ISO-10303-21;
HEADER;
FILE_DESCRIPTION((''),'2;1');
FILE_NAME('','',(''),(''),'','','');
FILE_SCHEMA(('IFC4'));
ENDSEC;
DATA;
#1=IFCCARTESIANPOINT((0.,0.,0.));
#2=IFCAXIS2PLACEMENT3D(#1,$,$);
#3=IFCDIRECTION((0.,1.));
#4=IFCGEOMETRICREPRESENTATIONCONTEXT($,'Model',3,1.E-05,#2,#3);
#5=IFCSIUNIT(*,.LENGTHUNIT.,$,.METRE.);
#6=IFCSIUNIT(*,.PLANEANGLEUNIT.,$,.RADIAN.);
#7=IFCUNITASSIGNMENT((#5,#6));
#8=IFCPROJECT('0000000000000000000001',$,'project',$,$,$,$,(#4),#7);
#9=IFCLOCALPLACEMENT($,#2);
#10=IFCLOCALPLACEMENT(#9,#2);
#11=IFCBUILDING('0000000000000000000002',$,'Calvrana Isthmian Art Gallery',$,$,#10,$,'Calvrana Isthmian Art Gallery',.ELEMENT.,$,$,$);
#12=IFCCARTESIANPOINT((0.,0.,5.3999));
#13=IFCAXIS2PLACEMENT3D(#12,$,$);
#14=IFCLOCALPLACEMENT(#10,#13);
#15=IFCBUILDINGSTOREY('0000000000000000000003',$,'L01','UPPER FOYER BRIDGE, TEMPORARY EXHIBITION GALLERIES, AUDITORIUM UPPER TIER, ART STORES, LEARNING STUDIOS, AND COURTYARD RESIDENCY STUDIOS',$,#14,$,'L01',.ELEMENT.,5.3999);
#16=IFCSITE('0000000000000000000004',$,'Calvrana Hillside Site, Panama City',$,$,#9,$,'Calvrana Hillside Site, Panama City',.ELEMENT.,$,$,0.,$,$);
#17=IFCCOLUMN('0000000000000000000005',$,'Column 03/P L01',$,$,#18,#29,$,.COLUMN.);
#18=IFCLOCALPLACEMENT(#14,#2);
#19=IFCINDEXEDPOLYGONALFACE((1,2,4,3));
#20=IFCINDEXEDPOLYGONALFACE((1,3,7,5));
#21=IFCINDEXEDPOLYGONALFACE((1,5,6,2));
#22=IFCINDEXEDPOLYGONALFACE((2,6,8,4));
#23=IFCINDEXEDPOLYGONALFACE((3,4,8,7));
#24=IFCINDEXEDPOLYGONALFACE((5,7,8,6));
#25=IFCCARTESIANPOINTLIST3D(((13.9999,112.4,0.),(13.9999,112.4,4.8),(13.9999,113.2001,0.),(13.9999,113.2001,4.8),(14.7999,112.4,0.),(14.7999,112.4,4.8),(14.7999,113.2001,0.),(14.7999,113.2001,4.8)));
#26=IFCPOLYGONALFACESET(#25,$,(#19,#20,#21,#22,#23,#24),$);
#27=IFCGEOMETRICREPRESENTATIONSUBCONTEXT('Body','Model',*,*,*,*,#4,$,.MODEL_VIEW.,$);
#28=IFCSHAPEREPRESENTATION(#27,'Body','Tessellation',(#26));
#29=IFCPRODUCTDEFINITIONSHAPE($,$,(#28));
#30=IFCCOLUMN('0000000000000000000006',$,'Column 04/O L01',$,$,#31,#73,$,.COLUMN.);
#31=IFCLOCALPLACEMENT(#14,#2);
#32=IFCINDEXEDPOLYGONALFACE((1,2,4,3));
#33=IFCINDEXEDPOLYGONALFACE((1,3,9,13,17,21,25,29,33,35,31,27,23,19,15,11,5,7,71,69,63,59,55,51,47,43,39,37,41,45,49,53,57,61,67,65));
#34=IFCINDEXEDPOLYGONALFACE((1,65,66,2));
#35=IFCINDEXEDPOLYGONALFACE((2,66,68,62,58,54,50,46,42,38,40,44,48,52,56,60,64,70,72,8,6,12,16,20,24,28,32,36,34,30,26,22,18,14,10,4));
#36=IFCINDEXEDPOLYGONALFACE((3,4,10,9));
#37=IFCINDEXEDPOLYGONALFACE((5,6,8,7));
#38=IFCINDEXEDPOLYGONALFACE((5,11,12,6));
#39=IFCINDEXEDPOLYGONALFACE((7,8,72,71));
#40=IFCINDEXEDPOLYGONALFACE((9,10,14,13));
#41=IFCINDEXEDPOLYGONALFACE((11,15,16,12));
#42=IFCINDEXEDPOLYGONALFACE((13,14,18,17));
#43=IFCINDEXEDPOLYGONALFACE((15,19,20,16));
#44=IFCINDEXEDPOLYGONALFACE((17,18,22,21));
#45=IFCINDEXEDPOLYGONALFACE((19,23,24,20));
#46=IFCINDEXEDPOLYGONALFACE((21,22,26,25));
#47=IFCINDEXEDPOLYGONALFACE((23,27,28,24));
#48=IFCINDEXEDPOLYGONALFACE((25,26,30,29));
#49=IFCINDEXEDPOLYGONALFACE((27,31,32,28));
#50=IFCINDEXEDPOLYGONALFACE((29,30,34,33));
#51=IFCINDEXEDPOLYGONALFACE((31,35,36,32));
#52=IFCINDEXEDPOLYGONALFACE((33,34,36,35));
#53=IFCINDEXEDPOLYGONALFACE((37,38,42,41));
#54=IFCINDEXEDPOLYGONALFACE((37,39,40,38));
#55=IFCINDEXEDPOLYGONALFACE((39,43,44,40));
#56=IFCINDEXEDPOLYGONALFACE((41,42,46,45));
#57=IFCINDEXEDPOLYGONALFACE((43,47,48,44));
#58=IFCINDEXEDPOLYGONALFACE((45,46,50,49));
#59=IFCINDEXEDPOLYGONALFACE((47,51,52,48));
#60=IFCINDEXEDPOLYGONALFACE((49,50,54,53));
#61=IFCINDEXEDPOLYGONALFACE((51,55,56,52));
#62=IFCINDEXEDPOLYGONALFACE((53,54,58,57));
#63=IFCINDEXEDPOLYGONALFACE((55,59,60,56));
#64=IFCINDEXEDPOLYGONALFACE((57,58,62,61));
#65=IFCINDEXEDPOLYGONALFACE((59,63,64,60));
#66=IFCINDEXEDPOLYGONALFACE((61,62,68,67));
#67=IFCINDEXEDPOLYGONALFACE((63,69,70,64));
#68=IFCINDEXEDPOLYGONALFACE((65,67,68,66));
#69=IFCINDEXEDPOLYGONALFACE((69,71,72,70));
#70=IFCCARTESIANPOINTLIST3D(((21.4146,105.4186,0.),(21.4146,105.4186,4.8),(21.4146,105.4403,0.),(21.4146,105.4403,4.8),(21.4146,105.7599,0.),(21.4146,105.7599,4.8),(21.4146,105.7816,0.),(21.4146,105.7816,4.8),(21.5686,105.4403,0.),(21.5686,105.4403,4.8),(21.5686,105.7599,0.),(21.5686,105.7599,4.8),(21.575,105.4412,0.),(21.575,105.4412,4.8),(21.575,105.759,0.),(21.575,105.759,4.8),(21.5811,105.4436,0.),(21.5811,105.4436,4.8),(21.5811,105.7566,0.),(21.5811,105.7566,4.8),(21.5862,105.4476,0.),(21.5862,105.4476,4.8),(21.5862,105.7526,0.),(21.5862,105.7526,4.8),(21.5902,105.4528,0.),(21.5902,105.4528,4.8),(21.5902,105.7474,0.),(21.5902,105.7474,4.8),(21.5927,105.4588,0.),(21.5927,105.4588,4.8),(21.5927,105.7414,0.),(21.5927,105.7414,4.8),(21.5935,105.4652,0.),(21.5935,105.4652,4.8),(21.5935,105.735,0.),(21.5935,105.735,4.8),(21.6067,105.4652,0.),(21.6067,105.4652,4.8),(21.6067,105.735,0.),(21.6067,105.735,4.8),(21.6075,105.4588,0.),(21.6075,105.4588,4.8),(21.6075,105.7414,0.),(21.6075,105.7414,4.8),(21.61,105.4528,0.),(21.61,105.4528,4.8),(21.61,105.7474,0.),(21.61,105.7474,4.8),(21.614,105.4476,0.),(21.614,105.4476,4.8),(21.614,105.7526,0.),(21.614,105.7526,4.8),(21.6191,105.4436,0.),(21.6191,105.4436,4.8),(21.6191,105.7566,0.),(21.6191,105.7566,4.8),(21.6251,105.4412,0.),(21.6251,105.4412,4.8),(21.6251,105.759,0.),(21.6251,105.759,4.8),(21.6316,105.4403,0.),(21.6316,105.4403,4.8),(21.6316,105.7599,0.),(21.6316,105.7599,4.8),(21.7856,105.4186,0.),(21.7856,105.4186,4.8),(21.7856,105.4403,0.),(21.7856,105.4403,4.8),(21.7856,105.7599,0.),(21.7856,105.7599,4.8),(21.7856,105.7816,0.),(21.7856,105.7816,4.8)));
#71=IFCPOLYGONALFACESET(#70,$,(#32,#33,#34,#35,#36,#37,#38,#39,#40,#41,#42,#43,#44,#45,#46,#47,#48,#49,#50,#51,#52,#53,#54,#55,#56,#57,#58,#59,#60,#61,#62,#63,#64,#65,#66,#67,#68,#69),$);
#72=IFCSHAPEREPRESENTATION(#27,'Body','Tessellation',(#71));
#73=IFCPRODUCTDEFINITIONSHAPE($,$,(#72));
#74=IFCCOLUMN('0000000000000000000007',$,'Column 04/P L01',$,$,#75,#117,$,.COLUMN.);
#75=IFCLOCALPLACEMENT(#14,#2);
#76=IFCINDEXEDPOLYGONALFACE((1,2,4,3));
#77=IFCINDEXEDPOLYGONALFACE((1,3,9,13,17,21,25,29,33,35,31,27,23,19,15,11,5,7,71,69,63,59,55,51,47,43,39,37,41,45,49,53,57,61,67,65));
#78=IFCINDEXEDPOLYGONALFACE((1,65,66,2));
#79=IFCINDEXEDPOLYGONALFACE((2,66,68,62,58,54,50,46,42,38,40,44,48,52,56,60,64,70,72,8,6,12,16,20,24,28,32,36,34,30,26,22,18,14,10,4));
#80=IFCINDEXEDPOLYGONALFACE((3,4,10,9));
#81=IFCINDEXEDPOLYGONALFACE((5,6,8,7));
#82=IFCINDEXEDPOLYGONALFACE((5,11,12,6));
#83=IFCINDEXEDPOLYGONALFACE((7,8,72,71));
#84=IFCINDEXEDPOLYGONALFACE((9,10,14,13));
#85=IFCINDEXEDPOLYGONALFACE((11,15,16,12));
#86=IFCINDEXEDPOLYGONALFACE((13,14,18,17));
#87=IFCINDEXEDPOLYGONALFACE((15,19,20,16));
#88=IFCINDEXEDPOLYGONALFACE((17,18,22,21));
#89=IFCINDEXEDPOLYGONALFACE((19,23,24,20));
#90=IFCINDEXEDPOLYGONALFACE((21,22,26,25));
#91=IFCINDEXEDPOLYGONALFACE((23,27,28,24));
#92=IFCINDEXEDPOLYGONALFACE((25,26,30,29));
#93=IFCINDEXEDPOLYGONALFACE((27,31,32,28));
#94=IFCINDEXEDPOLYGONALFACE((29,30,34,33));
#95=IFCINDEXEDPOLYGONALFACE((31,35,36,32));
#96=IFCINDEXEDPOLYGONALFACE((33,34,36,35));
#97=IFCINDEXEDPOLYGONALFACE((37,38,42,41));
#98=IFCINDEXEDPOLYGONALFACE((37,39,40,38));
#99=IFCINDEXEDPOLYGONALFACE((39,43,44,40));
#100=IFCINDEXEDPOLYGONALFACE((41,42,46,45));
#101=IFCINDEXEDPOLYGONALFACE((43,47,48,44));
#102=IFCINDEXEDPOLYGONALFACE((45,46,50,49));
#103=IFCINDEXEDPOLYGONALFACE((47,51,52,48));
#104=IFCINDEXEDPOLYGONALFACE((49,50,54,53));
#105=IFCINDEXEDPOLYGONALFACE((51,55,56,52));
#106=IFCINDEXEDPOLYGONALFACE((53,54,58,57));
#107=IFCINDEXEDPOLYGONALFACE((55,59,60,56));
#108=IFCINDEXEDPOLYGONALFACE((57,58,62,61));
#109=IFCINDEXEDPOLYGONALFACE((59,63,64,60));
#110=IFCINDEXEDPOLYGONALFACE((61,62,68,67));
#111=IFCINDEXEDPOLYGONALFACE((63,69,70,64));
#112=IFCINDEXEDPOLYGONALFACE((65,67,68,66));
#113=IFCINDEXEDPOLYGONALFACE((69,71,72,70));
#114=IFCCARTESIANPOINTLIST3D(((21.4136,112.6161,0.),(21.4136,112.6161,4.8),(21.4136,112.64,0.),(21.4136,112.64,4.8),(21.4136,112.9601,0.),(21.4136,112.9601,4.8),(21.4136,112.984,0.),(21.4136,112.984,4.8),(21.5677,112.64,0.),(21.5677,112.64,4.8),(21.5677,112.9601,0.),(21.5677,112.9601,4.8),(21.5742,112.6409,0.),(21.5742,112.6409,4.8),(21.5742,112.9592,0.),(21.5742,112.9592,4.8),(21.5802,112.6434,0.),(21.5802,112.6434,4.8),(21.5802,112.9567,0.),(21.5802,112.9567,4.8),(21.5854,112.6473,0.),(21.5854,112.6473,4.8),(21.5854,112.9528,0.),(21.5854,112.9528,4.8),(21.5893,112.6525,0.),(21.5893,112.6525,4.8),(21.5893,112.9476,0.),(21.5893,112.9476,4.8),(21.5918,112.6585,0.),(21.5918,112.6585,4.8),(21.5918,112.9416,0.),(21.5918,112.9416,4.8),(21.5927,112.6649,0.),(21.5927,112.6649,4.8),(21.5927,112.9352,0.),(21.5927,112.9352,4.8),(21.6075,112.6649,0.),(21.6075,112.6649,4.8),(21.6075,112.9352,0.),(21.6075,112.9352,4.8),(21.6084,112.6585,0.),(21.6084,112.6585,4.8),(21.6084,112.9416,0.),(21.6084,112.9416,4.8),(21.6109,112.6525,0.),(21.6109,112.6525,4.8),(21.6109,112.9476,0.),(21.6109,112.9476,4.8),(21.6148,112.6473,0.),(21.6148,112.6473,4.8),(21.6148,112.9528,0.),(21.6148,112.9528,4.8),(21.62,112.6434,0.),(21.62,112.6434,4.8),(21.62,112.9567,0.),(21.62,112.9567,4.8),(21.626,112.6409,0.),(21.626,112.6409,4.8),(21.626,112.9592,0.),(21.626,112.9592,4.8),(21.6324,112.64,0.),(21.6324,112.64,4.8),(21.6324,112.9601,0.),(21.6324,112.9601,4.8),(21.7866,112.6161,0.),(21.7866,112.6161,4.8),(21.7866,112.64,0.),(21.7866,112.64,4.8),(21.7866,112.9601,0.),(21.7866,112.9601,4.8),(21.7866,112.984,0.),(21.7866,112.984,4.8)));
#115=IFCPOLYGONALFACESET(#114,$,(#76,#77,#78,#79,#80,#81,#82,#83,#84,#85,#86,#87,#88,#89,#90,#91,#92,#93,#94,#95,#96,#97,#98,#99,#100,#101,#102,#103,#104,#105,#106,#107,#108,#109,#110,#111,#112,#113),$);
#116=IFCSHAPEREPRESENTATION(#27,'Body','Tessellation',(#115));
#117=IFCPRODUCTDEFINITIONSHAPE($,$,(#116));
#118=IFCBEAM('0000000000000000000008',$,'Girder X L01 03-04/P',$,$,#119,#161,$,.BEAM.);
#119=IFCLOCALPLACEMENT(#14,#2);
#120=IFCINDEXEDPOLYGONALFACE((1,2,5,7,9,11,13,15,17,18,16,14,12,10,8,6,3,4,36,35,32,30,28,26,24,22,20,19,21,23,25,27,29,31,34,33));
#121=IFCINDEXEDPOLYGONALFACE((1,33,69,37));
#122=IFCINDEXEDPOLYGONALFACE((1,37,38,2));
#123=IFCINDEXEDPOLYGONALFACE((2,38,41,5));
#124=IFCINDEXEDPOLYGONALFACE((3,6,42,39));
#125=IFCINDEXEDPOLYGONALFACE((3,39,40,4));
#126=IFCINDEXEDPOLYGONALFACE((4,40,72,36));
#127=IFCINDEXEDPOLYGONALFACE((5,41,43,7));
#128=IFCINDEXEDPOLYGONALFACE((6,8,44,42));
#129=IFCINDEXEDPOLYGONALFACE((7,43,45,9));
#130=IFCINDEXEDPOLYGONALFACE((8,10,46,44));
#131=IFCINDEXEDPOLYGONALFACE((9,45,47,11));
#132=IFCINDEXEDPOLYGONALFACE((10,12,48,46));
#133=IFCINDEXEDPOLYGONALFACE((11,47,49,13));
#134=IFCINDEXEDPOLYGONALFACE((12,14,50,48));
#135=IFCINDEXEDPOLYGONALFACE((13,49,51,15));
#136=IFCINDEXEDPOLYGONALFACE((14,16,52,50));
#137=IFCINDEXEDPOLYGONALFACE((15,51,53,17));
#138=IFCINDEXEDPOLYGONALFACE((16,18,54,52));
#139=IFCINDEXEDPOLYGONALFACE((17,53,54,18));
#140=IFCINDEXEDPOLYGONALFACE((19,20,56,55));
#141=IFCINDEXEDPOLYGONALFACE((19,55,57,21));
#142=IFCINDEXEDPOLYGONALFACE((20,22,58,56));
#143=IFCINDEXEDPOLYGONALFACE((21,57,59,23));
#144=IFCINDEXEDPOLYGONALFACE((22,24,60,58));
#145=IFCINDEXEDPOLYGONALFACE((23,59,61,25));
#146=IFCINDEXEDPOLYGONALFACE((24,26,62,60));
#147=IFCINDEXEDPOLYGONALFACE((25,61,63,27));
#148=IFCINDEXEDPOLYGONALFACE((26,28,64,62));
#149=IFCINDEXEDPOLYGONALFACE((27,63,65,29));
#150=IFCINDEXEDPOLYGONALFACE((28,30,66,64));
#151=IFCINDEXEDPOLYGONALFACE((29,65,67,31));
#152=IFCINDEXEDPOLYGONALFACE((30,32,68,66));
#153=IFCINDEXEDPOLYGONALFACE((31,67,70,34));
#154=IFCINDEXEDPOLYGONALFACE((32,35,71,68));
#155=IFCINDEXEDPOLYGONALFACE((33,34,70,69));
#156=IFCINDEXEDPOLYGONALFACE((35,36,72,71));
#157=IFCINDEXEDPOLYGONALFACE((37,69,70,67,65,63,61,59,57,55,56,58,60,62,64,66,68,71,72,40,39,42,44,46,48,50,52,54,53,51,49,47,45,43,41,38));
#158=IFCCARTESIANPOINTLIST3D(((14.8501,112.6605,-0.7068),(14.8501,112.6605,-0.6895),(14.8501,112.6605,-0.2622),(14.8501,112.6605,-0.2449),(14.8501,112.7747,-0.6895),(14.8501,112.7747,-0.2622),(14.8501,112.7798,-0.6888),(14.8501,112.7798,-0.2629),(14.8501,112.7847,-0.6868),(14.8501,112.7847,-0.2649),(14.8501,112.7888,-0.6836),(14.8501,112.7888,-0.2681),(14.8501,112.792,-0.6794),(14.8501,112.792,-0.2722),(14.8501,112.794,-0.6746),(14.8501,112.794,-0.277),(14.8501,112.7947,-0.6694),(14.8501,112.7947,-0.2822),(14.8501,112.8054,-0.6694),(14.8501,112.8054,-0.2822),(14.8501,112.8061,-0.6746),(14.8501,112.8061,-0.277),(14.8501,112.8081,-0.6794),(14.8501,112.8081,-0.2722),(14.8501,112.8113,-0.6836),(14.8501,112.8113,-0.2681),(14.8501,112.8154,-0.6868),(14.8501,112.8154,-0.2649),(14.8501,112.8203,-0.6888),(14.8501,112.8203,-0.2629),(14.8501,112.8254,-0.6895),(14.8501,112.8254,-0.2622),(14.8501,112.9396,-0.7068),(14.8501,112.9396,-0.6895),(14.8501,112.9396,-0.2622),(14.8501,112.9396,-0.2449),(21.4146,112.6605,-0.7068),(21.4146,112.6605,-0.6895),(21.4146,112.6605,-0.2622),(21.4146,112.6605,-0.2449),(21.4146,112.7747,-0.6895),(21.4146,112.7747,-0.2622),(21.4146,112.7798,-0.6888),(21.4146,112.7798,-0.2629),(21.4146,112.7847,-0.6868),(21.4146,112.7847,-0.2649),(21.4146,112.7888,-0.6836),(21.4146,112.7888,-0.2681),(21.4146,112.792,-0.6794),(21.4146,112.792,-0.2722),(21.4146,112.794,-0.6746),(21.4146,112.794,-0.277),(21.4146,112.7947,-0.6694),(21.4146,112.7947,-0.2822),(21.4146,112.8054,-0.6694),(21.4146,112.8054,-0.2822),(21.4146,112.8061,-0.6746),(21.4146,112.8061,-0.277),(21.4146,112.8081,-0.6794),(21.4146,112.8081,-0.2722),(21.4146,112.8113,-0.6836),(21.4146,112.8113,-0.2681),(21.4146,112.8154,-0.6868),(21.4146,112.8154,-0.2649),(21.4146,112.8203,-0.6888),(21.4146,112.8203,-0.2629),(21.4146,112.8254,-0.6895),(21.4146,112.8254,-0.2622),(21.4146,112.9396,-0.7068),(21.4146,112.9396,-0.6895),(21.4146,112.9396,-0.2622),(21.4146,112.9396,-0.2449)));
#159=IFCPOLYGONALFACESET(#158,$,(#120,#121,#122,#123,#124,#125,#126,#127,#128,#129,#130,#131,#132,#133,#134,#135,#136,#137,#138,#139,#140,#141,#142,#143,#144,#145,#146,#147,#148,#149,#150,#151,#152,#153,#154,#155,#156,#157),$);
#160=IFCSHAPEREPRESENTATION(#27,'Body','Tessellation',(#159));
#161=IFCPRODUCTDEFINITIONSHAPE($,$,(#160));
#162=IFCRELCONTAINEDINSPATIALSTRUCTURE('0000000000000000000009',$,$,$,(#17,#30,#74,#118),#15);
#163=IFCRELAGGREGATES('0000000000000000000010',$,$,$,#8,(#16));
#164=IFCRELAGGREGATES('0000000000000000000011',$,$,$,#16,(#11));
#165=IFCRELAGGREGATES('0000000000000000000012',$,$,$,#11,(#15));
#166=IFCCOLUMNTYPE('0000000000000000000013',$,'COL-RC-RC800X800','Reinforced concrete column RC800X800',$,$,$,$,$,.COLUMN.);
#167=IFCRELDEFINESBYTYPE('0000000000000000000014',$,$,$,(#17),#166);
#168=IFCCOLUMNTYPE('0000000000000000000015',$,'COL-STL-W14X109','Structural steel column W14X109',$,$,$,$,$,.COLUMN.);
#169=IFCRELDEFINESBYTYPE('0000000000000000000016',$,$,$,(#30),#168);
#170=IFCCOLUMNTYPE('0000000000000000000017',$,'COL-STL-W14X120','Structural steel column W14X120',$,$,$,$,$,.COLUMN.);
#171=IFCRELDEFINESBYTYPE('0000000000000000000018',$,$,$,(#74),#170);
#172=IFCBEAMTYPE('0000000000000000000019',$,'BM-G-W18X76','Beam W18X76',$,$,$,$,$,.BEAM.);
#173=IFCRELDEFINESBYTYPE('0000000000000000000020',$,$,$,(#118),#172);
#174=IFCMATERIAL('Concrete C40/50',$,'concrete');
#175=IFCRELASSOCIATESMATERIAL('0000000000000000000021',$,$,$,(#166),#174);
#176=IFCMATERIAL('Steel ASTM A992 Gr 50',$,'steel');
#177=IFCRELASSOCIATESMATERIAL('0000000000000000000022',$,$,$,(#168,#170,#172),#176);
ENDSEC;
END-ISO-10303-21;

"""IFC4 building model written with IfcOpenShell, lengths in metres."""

from ifc_helpers import new_model, si_unit, direction, frame, origin, origin_2d, place, context, subcontext, project, spatial, rectangle, i_section, extrude, material, material_profile, profile_set, type_object, element, save


model = new_model("IFC4")

# Units and contexts
model_context = context("Model", 3, precision=1e-05, world=origin(), true_north=direction((0.0, 1.0)))
body_context = subcontext(model_context, "Body", "Model", "MODEL_VIEW")
ifc_project = project(units=[si_unit("LENGTHUNIT", "METRE"), si_unit("PLANEANGLEUNIT", "RADIAN")], contexts=[model_context])

# Site, building, storey
site_placement = place(None, origin())
site = spatial("IfcSite", under=ifc_project, at=site_placement, Name="Calvrana Hillside Site, Panama City", LongName="Calvrana Hillside Site, Panama City", CompositionType="ELEMENT", RefElevation=0.0)
building_placement = place(site_placement, origin())
building = spatial("IfcBuilding", under=site, at=building_placement, Name="Calvrana Isthmian Art Gallery", LongName="Calvrana Isthmian Art Gallery", CompositionType="ELEMENT")
storey_placement = place(building_placement, frame((0.0, 0.0, 5.3999)))
storey = spatial("IfcBuildingStorey", under=building, at=storey_placement, Name="L01", Description="UPPER FOYER BRIDGE, TEMPORARY EXHIBITION GALLERIES, AUDITORIUM UPPER TIER, ART STORES, LEARNING STUDIOS, AND COURTYARD RESIDENCY STUDIOS", LongName="L01", CompositionType="ELEMENT", Elevation=5.3999)

# Columns
ifc_material_1 = material(Name="Concrete C40/50", Category="concrete")
ifc_material_profile_1 = material_profile(ifc_material_1, rectangle(XDim=0.8, YDim=0.8, at=origin_2d()), Name="RC800X800")
ifc_profile_set_1 = profile_set([ifc_material_profile_1], Name="Concrete C40/50")
column_type_1 = type_object("IfcColumnType", Name="COL-RC-RC800X800", Description="Reinforced concrete column RC800X800", PredefinedType="COLUMN", material=ifc_profile_set_1)
column_1_placement = place(storey_placement, frame((14.3999, 112.8, 0.0), z_axis=(0.0, 0.0, 1.0), x_axis=(1.0, 0.0, 0.0)))
element("IfcColumn", 1, at=column_1_placement, inside=storey, type_object=column_type_1, Name="Column 03/P L01", PredefinedType="COLUMN", context=body_context, shape_type="SweptSolid", body=[
    extrude(rectangle(XDim=0.8, YDim=0.8, at=origin_2d()), origin(), (0.0, 0.0, 1.0), 4.8),
])
ifc_material_2 = material(Name="Steel ASTM A992 Gr 50", Category="steel")
ifc_material_profile_2 = material_profile(ifc_material_2, i_section(OverallWidth=0.3711, OverallDepth=0.363, WebThickness=0.0132, FlangeThickness=0.0217, FilletRadius=0.0249, at=origin_2d()), Name="W14X109")
ifc_profile_set_2 = profile_set([ifc_material_profile_2], Name="Steel ASTM A992 Gr 50")
column_type_2 = type_object("IfcColumnType", Name="COL-STL-W14X109", Description="Structural steel column W14X109", PredefinedType="COLUMN", material=ifc_profile_set_2)
column_2_placement = place(storey_placement, frame((21.6001, 105.6001, 0.0), z_axis=(0.0, 0.0, 1.0), x_axis=(1.0, 0.0, 0.0)))
element("IfcColumn", 2, at=column_2_placement, inside=storey, type_object=column_type_2, Name="Column 04/O L01", PredefinedType="COLUMN", context=body_context, shape_type="SweptSolid", body=[
    extrude(i_section(OverallWidth=0.3711, OverallDepth=0.363, WebThickness=0.0132, FlangeThickness=0.0217, FilletRadius=0.0249, at=origin_2d()), origin(), (0.0, 0.0, 1.0), 4.8),
])
ifc_material_profile_3 = material_profile(ifc_material_2, i_section(OverallWidth=0.373, OverallDepth=0.3679, WebThickness=0.0149, FlangeThickness=0.0239, FilletRadius=0.0249, at=origin_2d()), Name="W14X120")
ifc_profile_set_3 = profile_set([ifc_material_profile_3], Name="Steel ASTM A992 Gr 50")
column_type_3 = type_object("IfcColumnType", Name="COL-STL-W14X120", Description="Structural steel column W14X120", PredefinedType="COLUMN", material=ifc_profile_set_3)
column_3_placement = place(storey_placement, frame((21.6001, 112.8, 0.0), z_axis=(0.0, 0.0, 1.0), x_axis=(1.0, 0.0, 0.0)))
element("IfcColumn", 3, at=column_3_placement, inside=storey, type_object=column_type_3, Name="Column 04/P L01", PredefinedType="COLUMN", context=body_context, shape_type="SweptSolid", body=[
    extrude(i_section(OverallWidth=0.373, OverallDepth=0.3679, WebThickness=0.0149, FlangeThickness=0.0239, FilletRadius=0.0249, at=origin_2d()), origin(), (0.0, 0.0, 1.0), 4.8),
])

# Beam
ifc_material_profile_4 = material_profile(ifc_material_2, i_section(OverallWidth=0.2791, OverallDepth=0.4619, WebThickness=0.0107, FlangeThickness=0.0173, FilletRadius=0.02, at=origin_2d()), Name="W18X76")
ifc_profile_set_4 = profile_set([ifc_material_profile_4], Name="Steel ASTM A992 Gr 50")
beam_type_1 = type_object("IfcBeamType", Name="BM-G-W18X76", Description="Beam W18X76", PredefinedType="BEAM", material=ifc_profile_set_4)
beam_1_placement = place(storey_placement, frame((14.8501, 112.8, -0.4758), z_axis=(1.0, 0.0, 0.0), x_axis=(0.0, 1.0, 0.0)))
element("IfcBeam", 4, at=beam_1_placement, inside=storey, type_object=beam_type_1, Name="Girder X L01 03-04/P", PredefinedType="BEAM", context=body_context, shape_type="SweptSolid", body=[
    extrude(i_section(OverallWidth=0.2791, OverallDepth=0.4619, WebThickness=0.0107, FlangeThickness=0.0173, FilletRadius=0.02, at=origin_2d()), origin(), (0.0, 0.0, 1.0), 6.5645),
])

save(model, "model.ifc")
